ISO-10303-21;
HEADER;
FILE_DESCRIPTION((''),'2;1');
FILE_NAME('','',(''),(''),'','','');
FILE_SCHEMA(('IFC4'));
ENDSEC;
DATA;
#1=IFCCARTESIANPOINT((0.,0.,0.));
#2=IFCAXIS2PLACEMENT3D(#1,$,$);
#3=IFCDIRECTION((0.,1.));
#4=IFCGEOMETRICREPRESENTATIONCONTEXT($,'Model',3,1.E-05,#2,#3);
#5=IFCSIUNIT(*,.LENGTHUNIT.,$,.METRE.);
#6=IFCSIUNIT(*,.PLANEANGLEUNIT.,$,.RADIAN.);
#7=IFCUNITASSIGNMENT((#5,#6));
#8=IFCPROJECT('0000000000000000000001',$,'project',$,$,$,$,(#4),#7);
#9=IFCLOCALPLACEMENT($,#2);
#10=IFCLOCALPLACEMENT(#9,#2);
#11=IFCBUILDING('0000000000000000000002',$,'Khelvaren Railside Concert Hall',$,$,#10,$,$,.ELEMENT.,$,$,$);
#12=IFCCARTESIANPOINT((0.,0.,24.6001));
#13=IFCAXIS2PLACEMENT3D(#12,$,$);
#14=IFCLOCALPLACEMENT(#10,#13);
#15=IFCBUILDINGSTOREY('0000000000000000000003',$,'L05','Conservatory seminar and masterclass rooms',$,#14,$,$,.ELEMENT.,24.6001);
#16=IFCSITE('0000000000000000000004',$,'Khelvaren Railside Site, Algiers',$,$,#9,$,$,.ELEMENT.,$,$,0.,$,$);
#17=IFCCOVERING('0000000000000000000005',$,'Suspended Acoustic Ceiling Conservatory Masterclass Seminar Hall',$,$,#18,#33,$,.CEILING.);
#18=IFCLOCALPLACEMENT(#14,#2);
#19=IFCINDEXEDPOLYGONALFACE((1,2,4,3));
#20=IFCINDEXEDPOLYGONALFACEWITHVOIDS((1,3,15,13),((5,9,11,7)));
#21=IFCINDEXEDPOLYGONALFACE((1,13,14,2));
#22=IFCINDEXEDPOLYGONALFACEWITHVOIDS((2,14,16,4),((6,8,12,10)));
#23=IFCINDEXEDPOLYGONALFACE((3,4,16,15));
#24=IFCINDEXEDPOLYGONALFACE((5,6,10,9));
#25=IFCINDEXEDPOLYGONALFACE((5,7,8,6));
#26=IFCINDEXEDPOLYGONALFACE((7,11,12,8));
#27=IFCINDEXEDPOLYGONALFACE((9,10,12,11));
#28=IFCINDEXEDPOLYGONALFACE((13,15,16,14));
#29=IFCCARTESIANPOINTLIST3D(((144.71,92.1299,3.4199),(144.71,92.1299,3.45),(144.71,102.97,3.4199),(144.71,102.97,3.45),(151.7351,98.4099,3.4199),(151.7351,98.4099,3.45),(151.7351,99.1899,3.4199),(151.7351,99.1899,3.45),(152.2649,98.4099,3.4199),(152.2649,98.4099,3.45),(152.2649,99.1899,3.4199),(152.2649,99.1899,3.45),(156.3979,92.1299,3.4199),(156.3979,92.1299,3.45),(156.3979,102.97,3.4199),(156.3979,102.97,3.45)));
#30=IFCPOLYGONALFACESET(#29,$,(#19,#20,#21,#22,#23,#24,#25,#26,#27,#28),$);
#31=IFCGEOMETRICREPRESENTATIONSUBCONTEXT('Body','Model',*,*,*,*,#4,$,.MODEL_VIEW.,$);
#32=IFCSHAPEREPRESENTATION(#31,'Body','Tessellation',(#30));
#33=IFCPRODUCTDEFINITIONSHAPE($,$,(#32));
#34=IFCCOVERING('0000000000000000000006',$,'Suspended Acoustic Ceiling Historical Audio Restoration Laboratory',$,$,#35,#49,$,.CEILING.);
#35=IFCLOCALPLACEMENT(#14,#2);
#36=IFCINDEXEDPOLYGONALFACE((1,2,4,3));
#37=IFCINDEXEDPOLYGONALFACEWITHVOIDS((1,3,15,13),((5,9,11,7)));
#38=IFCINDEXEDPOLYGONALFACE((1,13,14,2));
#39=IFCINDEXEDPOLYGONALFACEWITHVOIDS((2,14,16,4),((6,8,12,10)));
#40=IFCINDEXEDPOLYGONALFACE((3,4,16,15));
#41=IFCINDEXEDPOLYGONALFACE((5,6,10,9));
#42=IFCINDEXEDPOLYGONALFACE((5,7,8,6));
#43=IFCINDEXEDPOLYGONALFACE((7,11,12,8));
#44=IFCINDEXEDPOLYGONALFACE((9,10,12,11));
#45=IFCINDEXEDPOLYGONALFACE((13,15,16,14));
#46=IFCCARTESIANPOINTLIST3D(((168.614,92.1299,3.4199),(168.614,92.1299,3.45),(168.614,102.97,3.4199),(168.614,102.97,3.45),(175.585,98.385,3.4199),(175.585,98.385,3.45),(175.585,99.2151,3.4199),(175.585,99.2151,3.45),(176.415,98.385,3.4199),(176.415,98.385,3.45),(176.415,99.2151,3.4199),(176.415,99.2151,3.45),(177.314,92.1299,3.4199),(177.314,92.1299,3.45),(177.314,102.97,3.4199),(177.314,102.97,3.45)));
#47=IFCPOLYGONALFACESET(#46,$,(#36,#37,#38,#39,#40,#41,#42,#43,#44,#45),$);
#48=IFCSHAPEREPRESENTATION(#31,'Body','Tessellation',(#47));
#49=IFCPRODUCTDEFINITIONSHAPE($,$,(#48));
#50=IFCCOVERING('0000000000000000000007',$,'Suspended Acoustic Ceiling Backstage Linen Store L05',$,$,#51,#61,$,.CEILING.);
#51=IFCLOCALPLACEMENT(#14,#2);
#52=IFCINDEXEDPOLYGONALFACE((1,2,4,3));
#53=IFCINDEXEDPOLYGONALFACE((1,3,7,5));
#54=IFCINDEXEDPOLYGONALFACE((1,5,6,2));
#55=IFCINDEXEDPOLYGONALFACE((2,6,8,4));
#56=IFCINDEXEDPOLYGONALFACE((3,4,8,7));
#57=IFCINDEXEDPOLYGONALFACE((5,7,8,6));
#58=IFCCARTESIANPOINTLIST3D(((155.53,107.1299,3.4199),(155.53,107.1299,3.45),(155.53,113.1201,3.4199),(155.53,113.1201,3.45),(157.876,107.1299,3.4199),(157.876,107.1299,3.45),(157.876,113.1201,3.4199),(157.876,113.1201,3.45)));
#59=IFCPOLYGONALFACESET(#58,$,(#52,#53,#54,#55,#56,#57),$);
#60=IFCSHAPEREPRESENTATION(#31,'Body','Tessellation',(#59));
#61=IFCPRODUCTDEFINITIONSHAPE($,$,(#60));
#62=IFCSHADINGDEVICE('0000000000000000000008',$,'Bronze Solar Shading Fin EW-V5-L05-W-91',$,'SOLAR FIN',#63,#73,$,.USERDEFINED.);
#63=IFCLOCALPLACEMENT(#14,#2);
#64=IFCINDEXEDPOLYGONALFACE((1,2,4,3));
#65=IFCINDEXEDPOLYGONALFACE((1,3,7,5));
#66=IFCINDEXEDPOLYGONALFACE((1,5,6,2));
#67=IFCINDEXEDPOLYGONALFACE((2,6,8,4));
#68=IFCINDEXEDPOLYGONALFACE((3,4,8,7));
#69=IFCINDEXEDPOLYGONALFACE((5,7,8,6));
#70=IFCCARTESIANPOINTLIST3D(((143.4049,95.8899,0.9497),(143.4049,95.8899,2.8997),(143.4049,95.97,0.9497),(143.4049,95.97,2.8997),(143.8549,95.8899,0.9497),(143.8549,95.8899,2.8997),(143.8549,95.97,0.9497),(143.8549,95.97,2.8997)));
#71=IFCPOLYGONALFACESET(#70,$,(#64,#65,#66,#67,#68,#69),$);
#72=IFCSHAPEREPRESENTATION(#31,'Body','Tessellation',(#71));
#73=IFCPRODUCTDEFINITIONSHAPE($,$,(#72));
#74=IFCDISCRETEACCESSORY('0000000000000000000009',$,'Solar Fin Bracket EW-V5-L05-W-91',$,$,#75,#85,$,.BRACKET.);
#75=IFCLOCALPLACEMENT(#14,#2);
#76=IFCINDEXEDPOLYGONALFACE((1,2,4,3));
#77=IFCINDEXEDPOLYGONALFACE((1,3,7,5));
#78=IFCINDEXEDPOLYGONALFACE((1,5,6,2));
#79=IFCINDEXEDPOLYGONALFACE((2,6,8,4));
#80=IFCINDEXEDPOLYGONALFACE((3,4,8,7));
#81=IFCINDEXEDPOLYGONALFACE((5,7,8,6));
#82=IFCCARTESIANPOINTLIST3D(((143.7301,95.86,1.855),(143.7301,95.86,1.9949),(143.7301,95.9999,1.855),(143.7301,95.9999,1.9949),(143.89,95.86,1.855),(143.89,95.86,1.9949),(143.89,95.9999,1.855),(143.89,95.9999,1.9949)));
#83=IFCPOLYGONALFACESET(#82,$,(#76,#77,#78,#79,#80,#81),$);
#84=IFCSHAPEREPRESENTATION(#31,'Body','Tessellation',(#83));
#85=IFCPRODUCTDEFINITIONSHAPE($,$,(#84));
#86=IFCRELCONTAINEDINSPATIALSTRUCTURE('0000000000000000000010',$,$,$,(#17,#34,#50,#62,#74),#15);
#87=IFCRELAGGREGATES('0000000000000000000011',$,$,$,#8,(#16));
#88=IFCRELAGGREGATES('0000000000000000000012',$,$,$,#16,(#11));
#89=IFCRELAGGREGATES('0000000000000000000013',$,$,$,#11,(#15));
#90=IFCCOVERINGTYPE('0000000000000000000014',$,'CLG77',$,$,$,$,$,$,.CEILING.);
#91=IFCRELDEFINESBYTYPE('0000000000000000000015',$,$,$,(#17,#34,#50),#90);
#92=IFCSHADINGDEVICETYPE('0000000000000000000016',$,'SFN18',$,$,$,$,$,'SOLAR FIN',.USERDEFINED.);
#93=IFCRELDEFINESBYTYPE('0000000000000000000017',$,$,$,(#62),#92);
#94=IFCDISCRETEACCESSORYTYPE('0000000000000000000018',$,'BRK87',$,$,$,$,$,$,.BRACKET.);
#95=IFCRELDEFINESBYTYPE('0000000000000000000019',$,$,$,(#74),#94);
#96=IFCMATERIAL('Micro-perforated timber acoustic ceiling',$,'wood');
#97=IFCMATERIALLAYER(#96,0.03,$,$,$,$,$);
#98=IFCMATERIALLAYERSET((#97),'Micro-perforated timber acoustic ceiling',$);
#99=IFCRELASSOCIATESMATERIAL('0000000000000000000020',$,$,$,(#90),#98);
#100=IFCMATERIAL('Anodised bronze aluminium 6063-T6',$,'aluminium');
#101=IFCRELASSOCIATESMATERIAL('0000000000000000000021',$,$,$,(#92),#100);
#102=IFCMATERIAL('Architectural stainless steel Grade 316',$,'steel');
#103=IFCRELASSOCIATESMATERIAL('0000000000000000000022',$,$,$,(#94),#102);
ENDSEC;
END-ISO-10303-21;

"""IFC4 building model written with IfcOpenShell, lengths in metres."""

from ifc_helpers import new_model, si_unit, direction, frame, origin, origin_2d, place, context, subcontext, project, spatial, polyline, rectangle, outline, extrude, material, layer, layer_set, type_object, element, save


model = new_model("IFC4")

# Units and contexts
model_context = context("Model", 3, precision=1e-05, world=origin(), true_north=direction((0.0, 1.0)))
body_context = subcontext(model_context, "Body", "Model", "MODEL_VIEW")
ifc_project = project(units=[si_unit("LENGTHUNIT", "METRE"), si_unit("PLANEANGLEUNIT", "RADIAN")], contexts=[model_context])

# Site, building, storey
site_placement = place(None, origin())
site = spatial("IfcSite", under=ifc_project, at=site_placement, Name="Khelvaren Railside Site, Algiers", CompositionType="ELEMENT", RefElevation=0.0)
building_placement = place(site_placement, origin())
building = spatial("IfcBuilding", under=site, at=building_placement, Name="Khelvaren Railside Concert Hall", CompositionType="ELEMENT")
storey_placement = place(building_placement, frame((0.0, 0.0, 24.6001)))
storey = spatial("IfcBuildingStorey", under=building, at=storey_placement, Name="L05", Description="Conservatory seminar and masterclass rooms", CompositionType="ELEMENT", Elevation=24.6001)

# Shared definitions
ifc_material_1 = material(Name="Architectural stainless steel Grade 316", Category="steel")

# Coverings
ifc_material_2 = material(Name="Micro-perforated timber acoustic ceiling", Category="wood")
ifc_layer_1 = layer(ifc_material_2, 0.03)
ifc_layer_set_1 = layer_set([ifc_layer_1], Name="Micro-perforated timber acoustic ceiling")
covering_type_1 = type_object("IfcCoveringType", Name="CLG77", PredefinedType="CEILING", material=ifc_layer_set_1)
covering_1_placement = place(storey_placement, frame((0.0, 0.0, 3.4199)))
element("IfcCovering", 1, at=covering_1_placement, inside=storey, type_object=covering_type_1, Name="Suspended Acoustic Ceiling Conservatory Masterclass Seminar Hall", PredefinedType="CEILING", context=body_context, shape_type="SweptSolid", body=[
    extrude(outline(polyline([(144.71, 92.1299), (156.3979, 92.1299), (156.3979, 102.97), (144.71, 102.97), (144.71, 92.1299)]), holes=[polyline([(151.7351, 98.4099), (152.2649, 98.4099), (152.2649, 99.1899), (151.7351, 99.1899), (151.7351, 98.4099)])]), origin(), (0.0, 0.0, 1.0), 0.03),
])
covering_2_placement = place(storey_placement, frame((0.0, 0.0, 3.4199)))
element("IfcCovering", 2, at=covering_2_placement, inside=storey, type_object=covering_type_1, Name="Suspended Acoustic Ceiling Historical Audio Restoration Laboratory", PredefinedType="CEILING", context=body_context, shape_type="SweptSolid", body=[
    extrude(outline(polyline([(168.614, 92.1299), (177.314, 92.1299), (177.314, 102.97), (168.614, 102.97), (168.614, 92.1299)]), holes=[polyline([(175.585, 98.385), (176.415, 98.385), (176.415, 99.2151), (175.585, 99.2151), (175.585, 98.385)])]), origin(), (0.0, 0.0, 1.0), 0.03),
])
covering_3_placement = place(storey_placement, frame((0.0, 0.0, 3.4199)))
element("IfcCovering", 3, at=covering_3_placement, inside=storey, type_object=covering_type_1, Name="Suspended Acoustic Ceiling Backstage Linen Store L05", PredefinedType="CEILING", context=body_context, shape_type="SweptSolid", body=[
    extrude(outline(polyline([(155.53, 107.1299), (157.876, 107.1299), (157.876, 113.1201), (155.53, 113.1201), (155.53, 107.1299)])), origin(), (0.0, 0.0, 1.0), 0.03),
])

# Shading device
ifc_material_3 = material(Name="Anodised bronze aluminium 6063-T6", Category="aluminium")
shading_device_type = type_object("IfcShadingDeviceType", Name="SFN18", ElementType="SOLAR FIN", PredefinedType="USERDEFINED", material=ifc_material_3)
shading_device_placement = place(storey_placement, frame((143.6299, 95.9299, 0.9497), z_axis=(0.0, 0.0, 1.0), x_axis=(0.0, 1.0, 0.0)))
element("IfcShadingDevice", 4, at=shading_device_placement, inside=storey, type_object=shading_device_type, Name="Bronze Solar Shading Fin EW-V5-L05-W-91", ObjectType="SOLAR FIN", PredefinedType="USERDEFINED", context=body_context, shape_type="SweptSolid", body=[
    extrude(rectangle(XDim=0.0801, YDim=0.45, at=origin_2d()), origin(), (0.0, 0.0, 1.0), 1.95),
])

# Discrete accessory
discrete_accessory_type = type_object("IfcDiscreteAccessoryType", Name="BRK87", PredefinedType="BRACKET", material=ifc_material_1)
discrete_accessory_placement = place(storey_placement, frame((143.8101, 95.9299, 1.855), z_axis=(0.0, 0.0, 1.0), x_axis=(0.0, 1.0, 0.0)))
element("IfcDiscreteAccessory", 5, at=discrete_accessory_placement, inside=storey, type_object=discrete_accessory_type, Name="Solar Fin Bracket EW-V5-L05-W-91", PredefinedType="BRACKET", context=body_context, shape_type="SweptSolid", body=[
    extrude(rectangle(XDim=0.1399, YDim=0.1599, at=origin_2d()), origin(), (0.0, 0.0, 1.0), 0.1399),
])

save(model, "model.ifc")
